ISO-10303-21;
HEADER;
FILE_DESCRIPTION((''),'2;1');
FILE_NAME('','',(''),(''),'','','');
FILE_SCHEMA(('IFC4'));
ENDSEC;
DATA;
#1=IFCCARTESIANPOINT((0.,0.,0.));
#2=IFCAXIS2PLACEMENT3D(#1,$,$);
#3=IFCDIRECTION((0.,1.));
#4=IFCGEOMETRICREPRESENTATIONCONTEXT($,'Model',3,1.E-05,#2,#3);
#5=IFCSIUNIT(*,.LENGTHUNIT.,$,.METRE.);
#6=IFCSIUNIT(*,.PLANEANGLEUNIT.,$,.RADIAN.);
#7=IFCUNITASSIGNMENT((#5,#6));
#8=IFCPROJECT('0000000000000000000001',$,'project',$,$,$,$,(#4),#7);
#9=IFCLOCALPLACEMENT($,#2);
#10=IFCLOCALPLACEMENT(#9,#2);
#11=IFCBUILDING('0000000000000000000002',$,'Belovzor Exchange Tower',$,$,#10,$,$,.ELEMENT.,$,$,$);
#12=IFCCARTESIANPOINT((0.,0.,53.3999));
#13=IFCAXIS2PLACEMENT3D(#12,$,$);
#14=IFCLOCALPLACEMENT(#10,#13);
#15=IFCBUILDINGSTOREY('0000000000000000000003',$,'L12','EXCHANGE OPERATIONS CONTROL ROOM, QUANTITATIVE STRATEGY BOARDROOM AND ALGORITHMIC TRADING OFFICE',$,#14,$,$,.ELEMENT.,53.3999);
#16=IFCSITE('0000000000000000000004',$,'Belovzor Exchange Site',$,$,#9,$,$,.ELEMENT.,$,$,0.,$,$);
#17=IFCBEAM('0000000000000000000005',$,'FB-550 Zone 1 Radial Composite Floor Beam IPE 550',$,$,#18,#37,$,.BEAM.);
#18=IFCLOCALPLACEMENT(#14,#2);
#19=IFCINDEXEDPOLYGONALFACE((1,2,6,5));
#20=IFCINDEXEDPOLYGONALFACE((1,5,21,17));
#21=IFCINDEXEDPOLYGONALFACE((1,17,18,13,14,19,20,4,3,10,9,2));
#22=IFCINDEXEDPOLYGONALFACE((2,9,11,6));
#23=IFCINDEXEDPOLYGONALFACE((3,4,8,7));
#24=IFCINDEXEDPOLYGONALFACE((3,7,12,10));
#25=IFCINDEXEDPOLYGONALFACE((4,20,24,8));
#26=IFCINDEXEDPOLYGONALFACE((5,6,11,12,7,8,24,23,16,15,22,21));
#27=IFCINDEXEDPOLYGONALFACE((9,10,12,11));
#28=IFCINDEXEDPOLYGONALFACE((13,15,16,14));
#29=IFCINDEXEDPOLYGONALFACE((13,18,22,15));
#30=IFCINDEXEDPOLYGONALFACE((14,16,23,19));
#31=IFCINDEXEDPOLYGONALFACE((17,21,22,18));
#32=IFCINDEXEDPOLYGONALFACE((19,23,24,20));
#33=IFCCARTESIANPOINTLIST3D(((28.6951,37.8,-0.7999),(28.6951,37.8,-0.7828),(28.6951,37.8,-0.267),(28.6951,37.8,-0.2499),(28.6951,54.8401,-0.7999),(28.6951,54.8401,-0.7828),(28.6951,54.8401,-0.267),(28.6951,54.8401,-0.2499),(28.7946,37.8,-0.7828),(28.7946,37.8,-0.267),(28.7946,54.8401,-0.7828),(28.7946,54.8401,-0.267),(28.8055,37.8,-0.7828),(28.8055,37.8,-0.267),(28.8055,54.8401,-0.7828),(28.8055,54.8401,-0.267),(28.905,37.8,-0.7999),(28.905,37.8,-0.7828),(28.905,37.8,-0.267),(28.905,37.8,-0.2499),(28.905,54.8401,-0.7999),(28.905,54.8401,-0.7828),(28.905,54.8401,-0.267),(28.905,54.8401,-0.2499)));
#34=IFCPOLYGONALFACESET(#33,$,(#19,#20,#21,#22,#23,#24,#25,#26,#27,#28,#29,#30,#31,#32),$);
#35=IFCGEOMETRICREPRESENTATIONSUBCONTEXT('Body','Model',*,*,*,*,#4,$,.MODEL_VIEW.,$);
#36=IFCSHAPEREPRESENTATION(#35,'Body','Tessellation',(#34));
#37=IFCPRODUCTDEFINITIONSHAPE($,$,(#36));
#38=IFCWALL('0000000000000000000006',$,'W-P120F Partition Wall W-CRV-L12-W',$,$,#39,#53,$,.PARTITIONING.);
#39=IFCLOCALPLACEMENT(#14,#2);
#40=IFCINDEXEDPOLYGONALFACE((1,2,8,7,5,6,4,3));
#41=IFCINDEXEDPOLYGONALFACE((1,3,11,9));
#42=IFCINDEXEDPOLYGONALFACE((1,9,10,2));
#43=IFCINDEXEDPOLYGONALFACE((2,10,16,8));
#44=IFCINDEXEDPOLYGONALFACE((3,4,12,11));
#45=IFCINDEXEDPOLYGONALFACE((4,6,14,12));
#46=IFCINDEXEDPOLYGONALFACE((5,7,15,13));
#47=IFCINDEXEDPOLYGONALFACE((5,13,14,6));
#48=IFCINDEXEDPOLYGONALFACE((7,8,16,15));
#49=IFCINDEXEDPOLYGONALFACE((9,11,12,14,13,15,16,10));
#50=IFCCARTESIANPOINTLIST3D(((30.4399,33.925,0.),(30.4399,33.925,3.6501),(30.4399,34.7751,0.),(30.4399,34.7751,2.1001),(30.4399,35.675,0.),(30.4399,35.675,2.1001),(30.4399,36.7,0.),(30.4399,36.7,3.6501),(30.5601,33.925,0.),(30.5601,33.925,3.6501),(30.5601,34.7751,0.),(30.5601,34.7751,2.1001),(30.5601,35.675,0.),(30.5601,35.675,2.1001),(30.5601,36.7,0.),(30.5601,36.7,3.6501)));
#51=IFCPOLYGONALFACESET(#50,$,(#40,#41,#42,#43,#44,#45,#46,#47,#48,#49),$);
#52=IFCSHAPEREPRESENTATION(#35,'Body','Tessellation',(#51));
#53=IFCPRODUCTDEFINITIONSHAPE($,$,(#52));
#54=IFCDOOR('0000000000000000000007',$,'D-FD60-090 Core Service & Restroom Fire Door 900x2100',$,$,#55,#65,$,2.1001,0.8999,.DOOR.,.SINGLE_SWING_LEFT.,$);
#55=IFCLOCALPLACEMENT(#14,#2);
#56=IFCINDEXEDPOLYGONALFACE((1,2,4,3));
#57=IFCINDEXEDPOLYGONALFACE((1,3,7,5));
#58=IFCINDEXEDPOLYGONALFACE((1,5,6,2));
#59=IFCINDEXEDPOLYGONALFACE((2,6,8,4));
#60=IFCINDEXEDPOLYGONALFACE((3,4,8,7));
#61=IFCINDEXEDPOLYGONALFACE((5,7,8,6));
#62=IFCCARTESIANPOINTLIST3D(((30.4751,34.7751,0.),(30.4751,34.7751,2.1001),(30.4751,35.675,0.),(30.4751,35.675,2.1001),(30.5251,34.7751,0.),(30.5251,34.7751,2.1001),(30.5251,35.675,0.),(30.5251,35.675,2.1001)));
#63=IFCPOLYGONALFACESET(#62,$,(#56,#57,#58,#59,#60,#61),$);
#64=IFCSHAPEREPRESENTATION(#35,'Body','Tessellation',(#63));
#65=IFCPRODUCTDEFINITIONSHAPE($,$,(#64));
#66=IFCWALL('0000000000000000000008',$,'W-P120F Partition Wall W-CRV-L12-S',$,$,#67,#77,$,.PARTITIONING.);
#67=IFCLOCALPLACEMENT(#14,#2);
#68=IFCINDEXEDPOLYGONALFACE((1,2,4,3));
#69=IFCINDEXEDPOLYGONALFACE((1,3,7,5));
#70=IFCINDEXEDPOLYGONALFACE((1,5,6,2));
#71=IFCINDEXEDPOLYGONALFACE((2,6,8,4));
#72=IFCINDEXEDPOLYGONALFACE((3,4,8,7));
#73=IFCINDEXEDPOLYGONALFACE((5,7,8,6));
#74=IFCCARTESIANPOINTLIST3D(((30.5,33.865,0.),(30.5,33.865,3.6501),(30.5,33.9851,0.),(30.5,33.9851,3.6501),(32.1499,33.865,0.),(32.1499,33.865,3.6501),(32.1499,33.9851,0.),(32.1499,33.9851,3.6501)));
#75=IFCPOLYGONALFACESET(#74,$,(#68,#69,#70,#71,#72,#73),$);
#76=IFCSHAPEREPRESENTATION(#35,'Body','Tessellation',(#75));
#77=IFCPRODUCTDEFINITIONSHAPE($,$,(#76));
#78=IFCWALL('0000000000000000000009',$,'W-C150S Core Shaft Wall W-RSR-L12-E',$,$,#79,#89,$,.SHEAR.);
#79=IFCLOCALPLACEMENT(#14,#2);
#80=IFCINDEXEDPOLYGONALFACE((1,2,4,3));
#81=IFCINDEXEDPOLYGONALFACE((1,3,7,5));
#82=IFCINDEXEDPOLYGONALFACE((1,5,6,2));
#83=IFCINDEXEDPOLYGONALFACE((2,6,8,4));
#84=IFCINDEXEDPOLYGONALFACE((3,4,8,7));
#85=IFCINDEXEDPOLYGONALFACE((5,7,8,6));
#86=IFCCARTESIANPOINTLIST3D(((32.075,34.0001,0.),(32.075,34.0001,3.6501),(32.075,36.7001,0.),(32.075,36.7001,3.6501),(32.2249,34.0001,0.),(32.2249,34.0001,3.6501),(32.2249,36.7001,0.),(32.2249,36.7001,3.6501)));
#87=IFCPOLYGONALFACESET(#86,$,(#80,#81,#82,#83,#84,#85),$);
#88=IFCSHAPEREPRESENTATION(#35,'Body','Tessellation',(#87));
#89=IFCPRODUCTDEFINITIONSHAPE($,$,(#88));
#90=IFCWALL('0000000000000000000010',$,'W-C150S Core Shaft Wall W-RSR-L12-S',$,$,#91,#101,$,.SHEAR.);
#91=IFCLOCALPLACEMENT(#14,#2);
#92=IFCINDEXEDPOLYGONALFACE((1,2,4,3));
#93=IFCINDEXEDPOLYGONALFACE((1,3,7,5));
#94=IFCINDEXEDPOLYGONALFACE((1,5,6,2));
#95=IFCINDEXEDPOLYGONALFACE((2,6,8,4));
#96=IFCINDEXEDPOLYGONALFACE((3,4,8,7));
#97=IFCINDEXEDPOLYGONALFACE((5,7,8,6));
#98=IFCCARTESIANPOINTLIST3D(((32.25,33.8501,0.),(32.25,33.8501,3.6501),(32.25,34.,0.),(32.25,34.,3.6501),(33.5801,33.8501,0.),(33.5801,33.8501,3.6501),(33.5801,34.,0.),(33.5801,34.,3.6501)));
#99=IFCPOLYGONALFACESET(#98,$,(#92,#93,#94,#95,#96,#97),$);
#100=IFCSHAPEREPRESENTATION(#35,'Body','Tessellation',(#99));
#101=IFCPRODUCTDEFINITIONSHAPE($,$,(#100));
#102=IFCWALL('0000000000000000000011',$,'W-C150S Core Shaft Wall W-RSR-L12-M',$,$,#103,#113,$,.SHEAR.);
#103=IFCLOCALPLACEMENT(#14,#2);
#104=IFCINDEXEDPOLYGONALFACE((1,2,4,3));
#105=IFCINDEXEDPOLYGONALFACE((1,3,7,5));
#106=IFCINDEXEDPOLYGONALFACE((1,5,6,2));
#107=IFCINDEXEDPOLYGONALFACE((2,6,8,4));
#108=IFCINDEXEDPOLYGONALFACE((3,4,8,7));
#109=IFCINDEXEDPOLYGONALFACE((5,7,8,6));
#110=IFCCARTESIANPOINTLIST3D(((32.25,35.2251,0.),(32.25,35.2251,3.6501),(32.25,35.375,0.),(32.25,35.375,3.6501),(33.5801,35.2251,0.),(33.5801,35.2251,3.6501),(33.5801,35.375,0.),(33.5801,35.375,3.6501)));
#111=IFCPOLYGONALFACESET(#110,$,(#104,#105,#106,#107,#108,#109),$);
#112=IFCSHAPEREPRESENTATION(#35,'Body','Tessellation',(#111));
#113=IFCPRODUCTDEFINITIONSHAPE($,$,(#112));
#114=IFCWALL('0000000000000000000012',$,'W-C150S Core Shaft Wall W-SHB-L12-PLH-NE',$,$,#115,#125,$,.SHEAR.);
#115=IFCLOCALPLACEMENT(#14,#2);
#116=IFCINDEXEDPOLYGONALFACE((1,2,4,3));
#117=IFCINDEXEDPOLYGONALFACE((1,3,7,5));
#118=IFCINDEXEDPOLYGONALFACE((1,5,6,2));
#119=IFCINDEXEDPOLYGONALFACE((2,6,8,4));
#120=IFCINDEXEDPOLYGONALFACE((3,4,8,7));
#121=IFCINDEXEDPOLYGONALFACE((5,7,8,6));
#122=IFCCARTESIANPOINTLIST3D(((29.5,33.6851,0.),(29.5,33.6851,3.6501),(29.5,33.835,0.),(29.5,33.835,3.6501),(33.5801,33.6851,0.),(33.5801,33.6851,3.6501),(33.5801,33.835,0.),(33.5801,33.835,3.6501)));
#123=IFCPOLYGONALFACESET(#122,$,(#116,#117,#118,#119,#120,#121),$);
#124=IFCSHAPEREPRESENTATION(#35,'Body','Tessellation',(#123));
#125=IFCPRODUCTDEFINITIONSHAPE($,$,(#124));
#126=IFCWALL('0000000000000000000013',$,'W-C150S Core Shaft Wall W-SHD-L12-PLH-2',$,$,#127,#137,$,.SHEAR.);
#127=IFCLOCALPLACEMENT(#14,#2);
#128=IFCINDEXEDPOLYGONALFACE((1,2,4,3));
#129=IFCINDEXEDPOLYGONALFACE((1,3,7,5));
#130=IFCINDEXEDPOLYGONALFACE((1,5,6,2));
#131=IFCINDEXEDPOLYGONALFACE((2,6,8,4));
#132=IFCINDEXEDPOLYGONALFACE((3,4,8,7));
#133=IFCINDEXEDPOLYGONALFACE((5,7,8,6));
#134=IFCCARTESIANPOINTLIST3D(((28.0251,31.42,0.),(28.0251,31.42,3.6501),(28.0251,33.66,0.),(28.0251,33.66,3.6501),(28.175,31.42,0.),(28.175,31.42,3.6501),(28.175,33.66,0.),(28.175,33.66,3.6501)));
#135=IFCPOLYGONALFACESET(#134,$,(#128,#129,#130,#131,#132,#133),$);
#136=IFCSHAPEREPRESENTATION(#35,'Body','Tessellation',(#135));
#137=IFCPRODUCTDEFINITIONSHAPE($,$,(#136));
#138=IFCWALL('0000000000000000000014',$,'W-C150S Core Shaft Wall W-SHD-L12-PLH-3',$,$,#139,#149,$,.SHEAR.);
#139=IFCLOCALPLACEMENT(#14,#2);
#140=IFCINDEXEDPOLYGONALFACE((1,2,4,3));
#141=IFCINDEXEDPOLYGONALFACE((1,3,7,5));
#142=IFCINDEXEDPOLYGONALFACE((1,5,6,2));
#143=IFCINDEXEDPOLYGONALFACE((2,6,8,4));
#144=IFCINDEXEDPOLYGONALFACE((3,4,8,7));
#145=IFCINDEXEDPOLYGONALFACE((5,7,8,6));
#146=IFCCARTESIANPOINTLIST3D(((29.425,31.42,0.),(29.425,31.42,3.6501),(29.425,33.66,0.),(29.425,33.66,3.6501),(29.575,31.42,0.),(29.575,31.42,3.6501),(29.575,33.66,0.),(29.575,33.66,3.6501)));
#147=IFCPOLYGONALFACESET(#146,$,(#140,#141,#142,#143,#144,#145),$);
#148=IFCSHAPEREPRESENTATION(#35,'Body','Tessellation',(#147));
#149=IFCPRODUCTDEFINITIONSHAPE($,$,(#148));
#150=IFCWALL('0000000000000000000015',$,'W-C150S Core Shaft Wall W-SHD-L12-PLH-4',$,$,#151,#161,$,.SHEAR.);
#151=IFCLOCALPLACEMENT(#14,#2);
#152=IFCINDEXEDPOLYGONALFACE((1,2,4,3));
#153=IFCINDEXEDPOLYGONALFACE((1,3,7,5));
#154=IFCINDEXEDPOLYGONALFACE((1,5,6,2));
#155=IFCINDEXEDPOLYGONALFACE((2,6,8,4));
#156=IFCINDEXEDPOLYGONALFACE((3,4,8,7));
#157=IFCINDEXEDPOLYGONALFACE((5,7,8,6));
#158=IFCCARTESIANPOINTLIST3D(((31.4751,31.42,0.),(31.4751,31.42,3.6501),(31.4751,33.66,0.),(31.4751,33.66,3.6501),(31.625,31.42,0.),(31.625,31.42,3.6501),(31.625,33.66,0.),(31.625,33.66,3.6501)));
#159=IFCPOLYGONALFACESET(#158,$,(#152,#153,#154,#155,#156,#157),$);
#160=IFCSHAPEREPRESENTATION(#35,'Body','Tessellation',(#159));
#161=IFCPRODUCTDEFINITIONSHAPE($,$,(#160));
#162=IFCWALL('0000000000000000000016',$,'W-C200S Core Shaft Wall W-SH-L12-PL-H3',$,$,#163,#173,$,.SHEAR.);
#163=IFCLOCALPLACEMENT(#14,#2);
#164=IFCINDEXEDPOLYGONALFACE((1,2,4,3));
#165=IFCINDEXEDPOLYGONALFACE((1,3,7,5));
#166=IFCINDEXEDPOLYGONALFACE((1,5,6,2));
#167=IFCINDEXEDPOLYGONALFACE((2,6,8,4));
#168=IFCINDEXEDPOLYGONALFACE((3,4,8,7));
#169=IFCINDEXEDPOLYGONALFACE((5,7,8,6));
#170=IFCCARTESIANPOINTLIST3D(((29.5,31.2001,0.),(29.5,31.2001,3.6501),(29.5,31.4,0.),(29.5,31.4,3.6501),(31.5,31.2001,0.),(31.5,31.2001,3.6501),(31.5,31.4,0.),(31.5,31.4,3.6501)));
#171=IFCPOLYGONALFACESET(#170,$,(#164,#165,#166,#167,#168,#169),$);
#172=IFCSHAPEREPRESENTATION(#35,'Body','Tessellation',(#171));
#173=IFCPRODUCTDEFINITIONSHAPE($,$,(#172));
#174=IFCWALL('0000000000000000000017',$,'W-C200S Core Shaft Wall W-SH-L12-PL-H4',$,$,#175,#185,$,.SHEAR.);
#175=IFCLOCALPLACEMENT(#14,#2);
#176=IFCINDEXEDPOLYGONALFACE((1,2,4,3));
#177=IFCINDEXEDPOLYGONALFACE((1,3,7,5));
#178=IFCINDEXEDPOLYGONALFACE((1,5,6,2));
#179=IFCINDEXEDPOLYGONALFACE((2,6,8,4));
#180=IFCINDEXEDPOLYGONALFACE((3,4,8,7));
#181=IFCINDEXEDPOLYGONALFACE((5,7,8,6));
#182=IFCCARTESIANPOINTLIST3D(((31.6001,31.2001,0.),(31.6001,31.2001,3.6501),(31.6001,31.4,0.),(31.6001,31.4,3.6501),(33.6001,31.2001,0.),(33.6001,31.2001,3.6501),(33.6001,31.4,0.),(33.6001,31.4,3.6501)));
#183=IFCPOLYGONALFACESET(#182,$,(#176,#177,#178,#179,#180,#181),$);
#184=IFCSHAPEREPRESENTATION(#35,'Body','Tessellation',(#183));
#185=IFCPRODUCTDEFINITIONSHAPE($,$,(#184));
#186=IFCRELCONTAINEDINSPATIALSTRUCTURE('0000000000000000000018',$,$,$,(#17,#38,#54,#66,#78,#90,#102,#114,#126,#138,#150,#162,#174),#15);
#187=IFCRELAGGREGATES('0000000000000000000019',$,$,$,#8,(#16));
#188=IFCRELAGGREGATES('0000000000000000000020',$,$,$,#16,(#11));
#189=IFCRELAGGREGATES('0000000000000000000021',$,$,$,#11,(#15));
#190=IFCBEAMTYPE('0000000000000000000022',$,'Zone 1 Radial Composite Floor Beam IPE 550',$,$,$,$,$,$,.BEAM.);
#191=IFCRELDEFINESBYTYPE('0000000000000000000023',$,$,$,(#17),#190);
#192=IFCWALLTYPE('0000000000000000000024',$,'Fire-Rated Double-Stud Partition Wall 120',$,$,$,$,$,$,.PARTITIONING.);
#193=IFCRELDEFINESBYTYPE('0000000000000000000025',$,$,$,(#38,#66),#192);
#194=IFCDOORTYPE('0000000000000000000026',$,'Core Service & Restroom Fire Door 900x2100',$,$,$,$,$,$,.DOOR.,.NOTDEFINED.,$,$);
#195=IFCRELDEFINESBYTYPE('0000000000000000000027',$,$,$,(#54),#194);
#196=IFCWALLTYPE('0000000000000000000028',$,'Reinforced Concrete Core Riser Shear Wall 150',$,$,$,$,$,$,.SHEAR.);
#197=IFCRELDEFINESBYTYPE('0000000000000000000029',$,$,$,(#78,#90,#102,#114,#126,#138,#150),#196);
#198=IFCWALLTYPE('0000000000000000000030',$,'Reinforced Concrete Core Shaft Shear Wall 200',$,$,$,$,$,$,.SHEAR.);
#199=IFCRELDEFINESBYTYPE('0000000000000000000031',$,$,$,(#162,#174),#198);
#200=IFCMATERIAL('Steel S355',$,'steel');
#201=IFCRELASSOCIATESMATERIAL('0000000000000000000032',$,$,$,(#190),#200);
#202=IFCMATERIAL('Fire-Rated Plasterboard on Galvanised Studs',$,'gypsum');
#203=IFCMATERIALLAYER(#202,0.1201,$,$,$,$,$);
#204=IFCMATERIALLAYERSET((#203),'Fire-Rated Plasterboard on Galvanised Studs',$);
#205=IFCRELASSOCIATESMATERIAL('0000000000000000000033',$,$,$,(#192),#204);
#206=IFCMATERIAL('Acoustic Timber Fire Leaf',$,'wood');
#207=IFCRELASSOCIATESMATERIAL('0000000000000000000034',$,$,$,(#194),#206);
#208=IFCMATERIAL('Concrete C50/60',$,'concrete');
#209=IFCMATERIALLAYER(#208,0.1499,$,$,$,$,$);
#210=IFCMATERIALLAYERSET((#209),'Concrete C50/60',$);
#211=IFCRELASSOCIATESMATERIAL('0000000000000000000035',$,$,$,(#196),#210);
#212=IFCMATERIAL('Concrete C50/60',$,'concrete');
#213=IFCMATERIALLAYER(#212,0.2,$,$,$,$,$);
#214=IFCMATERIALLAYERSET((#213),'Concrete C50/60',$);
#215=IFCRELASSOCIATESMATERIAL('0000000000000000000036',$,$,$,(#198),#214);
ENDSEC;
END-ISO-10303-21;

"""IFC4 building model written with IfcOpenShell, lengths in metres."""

from ifc_helpers import new_model, si_unit, direction, frame, frame_2d, origin, origin_2d, place, context, subcontext, project, spatial, rectangle, i_section, extrude, material, layer, layer_set, material_profile, profile_set, type_object, element, fill, save


model = new_model("IFC4")

# Units and contexts
model_context = context("Model", 3, precision=1e-05, world=origin(), true_north=direction((0.0, 1.0)))
body_context = subcontext(model_context, "Body", "Model", "MODEL_VIEW")
ifc_project = project(units=[si_unit("LENGTHUNIT", "METRE"), si_unit("PLANEANGLEUNIT", "RADIAN")], contexts=[model_context])

# Site, building, storey
site_placement = place(None, origin())
site = spatial("IfcSite", under=ifc_project, at=site_placement, Name="Belovzor Exchange Site", CompositionType="ELEMENT", RefElevation=0.0)
building_placement = place(site_placement, origin())
building = spatial("IfcBuilding", under=site, at=building_placement, Name="Belovzor Exchange Tower", CompositionType="ELEMENT")
storey_placement = place(building_placement, frame((0.0, 0.0, 53.3999)))
storey = spatial("IfcBuildingStorey", under=building, at=storey_placement, Name="L12", Description="EXCHANGE OPERATIONS CONTROL ROOM, QUANTITATIVE STRATEGY BOARDROOM AND ALGORITHMIC TRADING OFFICE", CompositionType="ELEMENT", Elevation=53.3999)

# Beam
ifc_material_1 = material(Name="Steel S355", Category="steel")
ifc_material_profile = material_profile(ifc_material_1, i_section(OverallWidth=0.21, OverallDepth=0.55, WebThickness=0.011, FlangeThickness=0.0171, at=origin_2d()))
ifc_profile_set = profile_set([ifc_material_profile], Name="Steel S355")
beam_type = type_object("IfcBeamType", Name="Zone 1 Radial Composite Floor Beam IPE 550", PredefinedType="BEAM", material=ifc_profile_set)
beam_placement = place(storey_placement, frame((28.8, 37.8, -0.5249), z_axis=(0.0, 1.0, 0.0), x_axis=(-1.0, 0.0, 0.0)))
element("IfcBeam", 1, at=beam_placement, inside=storey, type_object=beam_type, Name="FB-550 Zone 1 Radial Composite Floor Beam IPE 550", PredefinedType="BEAM", context=body_context, shape_type="SweptSolid", body=[
    extrude(i_section(OverallWidth=0.21, OverallDepth=0.55, WebThickness=0.011, FlangeThickness=0.0171, at=origin_2d()), origin(), (0.0, 0.0, 1.0), 17.04),
])

# Wall, opening, door
ifc_material_2 = material(Name="Fire-Rated Plasterboard on Galvanised Studs", Category="gypsum")
ifc_layer_1 = layer(ifc_material_2, 0.1201)
ifc_layer_set_1 = layer_set([ifc_layer_1], Name="Fire-Rated Plasterboard on Galvanised Studs")
wall_type_1 = type_object("IfcWallType", Name="Fire-Rated Double-Stud Partition Wall 120", PredefinedType="PARTITIONING", material=ifc_layer_set_1)
wall_1_placement = place(storey_placement, frame((30.5, 33.925, 0.0), z_axis=(0.0, 0.0, 1.0), x_axis=(0.0, 1.0, 0.0)))
wall_1 = element("IfcWall", 2, at=wall_1_placement, inside=storey, type_object=wall_type_1, Name="W-P120F Partition Wall W-CRV-L12-W", PredefinedType="PARTITIONING", context=body_context, shape_type="SweptSolid", body=[
    extrude(rectangle(XDim=2.7749, YDim=0.1201, at=frame_2d((1.3875, 0.0))), origin(), (0.0, 0.0, 1.0), 3.6501),
])
opening_placement = place(wall_1_placement, frame((0.8501, 0.0, 0.0)))
opening = element("IfcOpeningElement", 3, at=opening_placement, cuts=wall_1, PredefinedType="OPENING", context=body_context, shape_type="SweptSolid", body=[
    extrude(rectangle(XDim=0.8999, YDim=2.1001, at=frame_2d((0.45, 1.05))), frame((0.0, 0.0701, 0.0), z_axis=(0.0, -1.0, 0.0), x_axis=(1.0, 0.0, 0.0)), (0.0, 0.0, 1.0), 0.1401),
])
ifc_material_3 = material(Name="Acoustic Timber Fire Leaf", Category="wood")
door_type = type_object("IfcDoorType", Name="Core Service & Restroom Fire Door 900x2100", OperationType="NOTDEFINED", PredefinedType="DOOR", material=ifc_material_3)
door_placement = place(opening_placement, origin())
door = element("IfcDoor", 4, at=door_placement, inside=storey, type_object=door_type, Name="D-FD60-090 Core Service & Restroom Fire Door 900x2100", OperationType="SINGLE_SWING_LEFT", OverallHeight=2.1001, OverallWidth=0.8999, PredefinedType="DOOR", context=body_context, shape_type="SweptSolid", body=[
    extrude(rectangle(XDim=0.8999, YDim=2.1001, at=frame_2d((0.45, 1.05))), frame((0.0, 0.0249, 0.0), z_axis=(0.0, -1.0, 0.0), x_axis=(1.0, 0.0, 0.0)), (0.0, 0.0, 1.0), 0.05),
])
fill(opening, door)

# Walls
wall_2_placement = place(storey_placement, frame((30.5, 33.925, 0.0), z_axis=(0.0, 0.0, 1.0), x_axis=(1.0, 0.0, 0.0)))
element("IfcWall", 5, at=wall_2_placement, inside=storey, type_object=wall_type_1, Name="W-P120F Partition Wall W-CRV-L12-S", PredefinedType="PARTITIONING", context=body_context, shape_type="SweptSolid", body=[
    extrude(rectangle(XDim=1.6499, YDim=0.1201, at=frame_2d((0.825, 0.0))), origin(), (0.0, 0.0, 1.0), 3.6501),
])
ifc_material_4 = material(Name="Concrete C50/60", Category="concrete")
ifc_layer_2 = layer(ifc_material_4, 0.1499)
ifc_layer_set_2 = layer_set([ifc_layer_2], Name="Concrete C50/60")
wall_type_2 = type_object("IfcWallType", Name="Reinforced Concrete Core Riser Shear Wall 150", PredefinedType="SHEAR", material=ifc_layer_set_2)
wall_3_placement = place(storey_placement, frame((32.1499, 34.0, 0.0), z_axis=(0.0, 0.0, 1.0), x_axis=(0.0, 1.0, 0.0)))
element("IfcWall", 6, at=wall_3_placement, inside=storey, type_object=wall_type_2, Name="W-C150S Core Shaft Wall W-RSR-L12-E", PredefinedType="SHEAR", context=body_context, shape_type="SweptSolid", body=[
    extrude(rectangle(XDim=2.7, YDim=0.1499, at=frame_2d((1.3501, 0.0))), origin(), (0.0, 0.0, 1.0), 3.6501),
])
for number, where, z_axis, x_axis, name in (
    (7, (32.25, 33.925, 0.0), (0.0, 0.0, 1.0), (1.0, 0.0, 0.0), "W-C150S Core Shaft Wall W-RSR-L12-S"),
    (8, (32.25, 35.3, 0.0), (0.0, 0.0, 1.0), (1.0, 0.0, 0.0), "W-C150S Core Shaft Wall W-RSR-L12-M"),
):
    element("IfcWall", number, at=place(storey_placement, frame(where, z_axis=z_axis, x_axis=x_axis)), inside=storey, type_object=wall_type_2, Name=name, PredefinedType="SHEAR", context=body_context, shape_type="SweptSolid", body=[
        extrude(rectangle(XDim=1.3301, YDim=0.1499, at=frame_2d((0.665, 0.0))), origin(), (0.0, 0.0, 1.0), 3.6501),
    ])
wall_4_placement = place(storey_placement, frame((29.5, 33.76, 0.0), z_axis=(0.0, 0.0, 1.0), x_axis=(1.0, 0.0, 0.0)))
element("IfcWall", 9, at=wall_4_placement, inside=storey, type_object=wall_type_2, Name="W-C150S Core Shaft Wall W-SHB-L12-PLH-NE", PredefinedType="SHEAR", context=body_context, shape_type="SweptSolid", body=[
    extrude(rectangle(XDim=4.0801, YDim=0.1499, at=frame_2d((2.04, 0.0))), origin(), (0.0, 0.0, 1.0), 3.6501),
])
for number, where, z_axis, x_axis, name in (
    (10, (28.1001, 31.4199, 0.0), (0.0, 0.0, 1.0), (0.0, 1.0, 0.0), "W-C150S Core Shaft Wall W-SHD-L12-PLH-2"),
    (11, (29.5, 31.4199, 0.0), (0.0, 0.0, 1.0), (0.0, 1.0, 0.0), "W-C150S Core Shaft Wall W-SHD-L12-PLH-3"),
    (12, (31.55, 31.4199, 0.0), (0.0, 0.0, 1.0), (0.0, 1.0, 0.0), "W-C150S Core Shaft Wall W-SHD-L12-PLH-4"),
):
    element("IfcWall", number, at=place(storey_placement, frame(where, z_axis=z_axis, x_axis=x_axis)), inside=storey, type_object=wall_type_2, Name=name, PredefinedType="SHEAR", context=body_context, shape_type="SweptSolid", body=[
        extrude(rectangle(XDim=2.24, YDim=0.1499, at=frame_2d((1.1201, 0.0))), origin(), (0.0, 0.0, 1.0), 3.6501),
    ])
ifc_material_5 = material(Name="Concrete C50/60", Category="concrete")
ifc_layer_3 = layer(ifc_material_5, 0.2)
ifc_layer_set_3 = layer_set([ifc_layer_3], Name="Concrete C50/60")
wall_type_3 = type_object("IfcWallType", Name="Reinforced Concrete Core Shaft Shear Wall 200", PredefinedType="SHEAR", material=ifc_layer_set_3)
for number, where, z_axis, x_axis, name in (
    (13, (29.5, 31.3, 0.0), (0.0, 0.0, 1.0), (1.0, 0.0, 0.0), "W-C200S Core Shaft Wall W-SH-L12-PL-H3"),
    (14, (31.6001, 31.3, 0.0), (0.0, 0.0, 1.0), (1.0, 0.0, 0.0), "W-C200S Core Shaft Wall W-SH-L12-PL-H4"),
):
    element("IfcWall", number, at=place(storey_placement, frame(where, z_axis=z_axis, x_axis=x_axis)), inside=storey, type_object=wall_type_3, Name=name, PredefinedType="SHEAR", context=body_context, shape_type="SweptSolid", body=[
        extrude(rectangle(XDim=2.0, YDim=0.2, at=frame_2d((1.0, 0.0))), origin(), (0.0, 0.0, 1.0), 3.6501),
    ])

save(model, "model.ifc")
